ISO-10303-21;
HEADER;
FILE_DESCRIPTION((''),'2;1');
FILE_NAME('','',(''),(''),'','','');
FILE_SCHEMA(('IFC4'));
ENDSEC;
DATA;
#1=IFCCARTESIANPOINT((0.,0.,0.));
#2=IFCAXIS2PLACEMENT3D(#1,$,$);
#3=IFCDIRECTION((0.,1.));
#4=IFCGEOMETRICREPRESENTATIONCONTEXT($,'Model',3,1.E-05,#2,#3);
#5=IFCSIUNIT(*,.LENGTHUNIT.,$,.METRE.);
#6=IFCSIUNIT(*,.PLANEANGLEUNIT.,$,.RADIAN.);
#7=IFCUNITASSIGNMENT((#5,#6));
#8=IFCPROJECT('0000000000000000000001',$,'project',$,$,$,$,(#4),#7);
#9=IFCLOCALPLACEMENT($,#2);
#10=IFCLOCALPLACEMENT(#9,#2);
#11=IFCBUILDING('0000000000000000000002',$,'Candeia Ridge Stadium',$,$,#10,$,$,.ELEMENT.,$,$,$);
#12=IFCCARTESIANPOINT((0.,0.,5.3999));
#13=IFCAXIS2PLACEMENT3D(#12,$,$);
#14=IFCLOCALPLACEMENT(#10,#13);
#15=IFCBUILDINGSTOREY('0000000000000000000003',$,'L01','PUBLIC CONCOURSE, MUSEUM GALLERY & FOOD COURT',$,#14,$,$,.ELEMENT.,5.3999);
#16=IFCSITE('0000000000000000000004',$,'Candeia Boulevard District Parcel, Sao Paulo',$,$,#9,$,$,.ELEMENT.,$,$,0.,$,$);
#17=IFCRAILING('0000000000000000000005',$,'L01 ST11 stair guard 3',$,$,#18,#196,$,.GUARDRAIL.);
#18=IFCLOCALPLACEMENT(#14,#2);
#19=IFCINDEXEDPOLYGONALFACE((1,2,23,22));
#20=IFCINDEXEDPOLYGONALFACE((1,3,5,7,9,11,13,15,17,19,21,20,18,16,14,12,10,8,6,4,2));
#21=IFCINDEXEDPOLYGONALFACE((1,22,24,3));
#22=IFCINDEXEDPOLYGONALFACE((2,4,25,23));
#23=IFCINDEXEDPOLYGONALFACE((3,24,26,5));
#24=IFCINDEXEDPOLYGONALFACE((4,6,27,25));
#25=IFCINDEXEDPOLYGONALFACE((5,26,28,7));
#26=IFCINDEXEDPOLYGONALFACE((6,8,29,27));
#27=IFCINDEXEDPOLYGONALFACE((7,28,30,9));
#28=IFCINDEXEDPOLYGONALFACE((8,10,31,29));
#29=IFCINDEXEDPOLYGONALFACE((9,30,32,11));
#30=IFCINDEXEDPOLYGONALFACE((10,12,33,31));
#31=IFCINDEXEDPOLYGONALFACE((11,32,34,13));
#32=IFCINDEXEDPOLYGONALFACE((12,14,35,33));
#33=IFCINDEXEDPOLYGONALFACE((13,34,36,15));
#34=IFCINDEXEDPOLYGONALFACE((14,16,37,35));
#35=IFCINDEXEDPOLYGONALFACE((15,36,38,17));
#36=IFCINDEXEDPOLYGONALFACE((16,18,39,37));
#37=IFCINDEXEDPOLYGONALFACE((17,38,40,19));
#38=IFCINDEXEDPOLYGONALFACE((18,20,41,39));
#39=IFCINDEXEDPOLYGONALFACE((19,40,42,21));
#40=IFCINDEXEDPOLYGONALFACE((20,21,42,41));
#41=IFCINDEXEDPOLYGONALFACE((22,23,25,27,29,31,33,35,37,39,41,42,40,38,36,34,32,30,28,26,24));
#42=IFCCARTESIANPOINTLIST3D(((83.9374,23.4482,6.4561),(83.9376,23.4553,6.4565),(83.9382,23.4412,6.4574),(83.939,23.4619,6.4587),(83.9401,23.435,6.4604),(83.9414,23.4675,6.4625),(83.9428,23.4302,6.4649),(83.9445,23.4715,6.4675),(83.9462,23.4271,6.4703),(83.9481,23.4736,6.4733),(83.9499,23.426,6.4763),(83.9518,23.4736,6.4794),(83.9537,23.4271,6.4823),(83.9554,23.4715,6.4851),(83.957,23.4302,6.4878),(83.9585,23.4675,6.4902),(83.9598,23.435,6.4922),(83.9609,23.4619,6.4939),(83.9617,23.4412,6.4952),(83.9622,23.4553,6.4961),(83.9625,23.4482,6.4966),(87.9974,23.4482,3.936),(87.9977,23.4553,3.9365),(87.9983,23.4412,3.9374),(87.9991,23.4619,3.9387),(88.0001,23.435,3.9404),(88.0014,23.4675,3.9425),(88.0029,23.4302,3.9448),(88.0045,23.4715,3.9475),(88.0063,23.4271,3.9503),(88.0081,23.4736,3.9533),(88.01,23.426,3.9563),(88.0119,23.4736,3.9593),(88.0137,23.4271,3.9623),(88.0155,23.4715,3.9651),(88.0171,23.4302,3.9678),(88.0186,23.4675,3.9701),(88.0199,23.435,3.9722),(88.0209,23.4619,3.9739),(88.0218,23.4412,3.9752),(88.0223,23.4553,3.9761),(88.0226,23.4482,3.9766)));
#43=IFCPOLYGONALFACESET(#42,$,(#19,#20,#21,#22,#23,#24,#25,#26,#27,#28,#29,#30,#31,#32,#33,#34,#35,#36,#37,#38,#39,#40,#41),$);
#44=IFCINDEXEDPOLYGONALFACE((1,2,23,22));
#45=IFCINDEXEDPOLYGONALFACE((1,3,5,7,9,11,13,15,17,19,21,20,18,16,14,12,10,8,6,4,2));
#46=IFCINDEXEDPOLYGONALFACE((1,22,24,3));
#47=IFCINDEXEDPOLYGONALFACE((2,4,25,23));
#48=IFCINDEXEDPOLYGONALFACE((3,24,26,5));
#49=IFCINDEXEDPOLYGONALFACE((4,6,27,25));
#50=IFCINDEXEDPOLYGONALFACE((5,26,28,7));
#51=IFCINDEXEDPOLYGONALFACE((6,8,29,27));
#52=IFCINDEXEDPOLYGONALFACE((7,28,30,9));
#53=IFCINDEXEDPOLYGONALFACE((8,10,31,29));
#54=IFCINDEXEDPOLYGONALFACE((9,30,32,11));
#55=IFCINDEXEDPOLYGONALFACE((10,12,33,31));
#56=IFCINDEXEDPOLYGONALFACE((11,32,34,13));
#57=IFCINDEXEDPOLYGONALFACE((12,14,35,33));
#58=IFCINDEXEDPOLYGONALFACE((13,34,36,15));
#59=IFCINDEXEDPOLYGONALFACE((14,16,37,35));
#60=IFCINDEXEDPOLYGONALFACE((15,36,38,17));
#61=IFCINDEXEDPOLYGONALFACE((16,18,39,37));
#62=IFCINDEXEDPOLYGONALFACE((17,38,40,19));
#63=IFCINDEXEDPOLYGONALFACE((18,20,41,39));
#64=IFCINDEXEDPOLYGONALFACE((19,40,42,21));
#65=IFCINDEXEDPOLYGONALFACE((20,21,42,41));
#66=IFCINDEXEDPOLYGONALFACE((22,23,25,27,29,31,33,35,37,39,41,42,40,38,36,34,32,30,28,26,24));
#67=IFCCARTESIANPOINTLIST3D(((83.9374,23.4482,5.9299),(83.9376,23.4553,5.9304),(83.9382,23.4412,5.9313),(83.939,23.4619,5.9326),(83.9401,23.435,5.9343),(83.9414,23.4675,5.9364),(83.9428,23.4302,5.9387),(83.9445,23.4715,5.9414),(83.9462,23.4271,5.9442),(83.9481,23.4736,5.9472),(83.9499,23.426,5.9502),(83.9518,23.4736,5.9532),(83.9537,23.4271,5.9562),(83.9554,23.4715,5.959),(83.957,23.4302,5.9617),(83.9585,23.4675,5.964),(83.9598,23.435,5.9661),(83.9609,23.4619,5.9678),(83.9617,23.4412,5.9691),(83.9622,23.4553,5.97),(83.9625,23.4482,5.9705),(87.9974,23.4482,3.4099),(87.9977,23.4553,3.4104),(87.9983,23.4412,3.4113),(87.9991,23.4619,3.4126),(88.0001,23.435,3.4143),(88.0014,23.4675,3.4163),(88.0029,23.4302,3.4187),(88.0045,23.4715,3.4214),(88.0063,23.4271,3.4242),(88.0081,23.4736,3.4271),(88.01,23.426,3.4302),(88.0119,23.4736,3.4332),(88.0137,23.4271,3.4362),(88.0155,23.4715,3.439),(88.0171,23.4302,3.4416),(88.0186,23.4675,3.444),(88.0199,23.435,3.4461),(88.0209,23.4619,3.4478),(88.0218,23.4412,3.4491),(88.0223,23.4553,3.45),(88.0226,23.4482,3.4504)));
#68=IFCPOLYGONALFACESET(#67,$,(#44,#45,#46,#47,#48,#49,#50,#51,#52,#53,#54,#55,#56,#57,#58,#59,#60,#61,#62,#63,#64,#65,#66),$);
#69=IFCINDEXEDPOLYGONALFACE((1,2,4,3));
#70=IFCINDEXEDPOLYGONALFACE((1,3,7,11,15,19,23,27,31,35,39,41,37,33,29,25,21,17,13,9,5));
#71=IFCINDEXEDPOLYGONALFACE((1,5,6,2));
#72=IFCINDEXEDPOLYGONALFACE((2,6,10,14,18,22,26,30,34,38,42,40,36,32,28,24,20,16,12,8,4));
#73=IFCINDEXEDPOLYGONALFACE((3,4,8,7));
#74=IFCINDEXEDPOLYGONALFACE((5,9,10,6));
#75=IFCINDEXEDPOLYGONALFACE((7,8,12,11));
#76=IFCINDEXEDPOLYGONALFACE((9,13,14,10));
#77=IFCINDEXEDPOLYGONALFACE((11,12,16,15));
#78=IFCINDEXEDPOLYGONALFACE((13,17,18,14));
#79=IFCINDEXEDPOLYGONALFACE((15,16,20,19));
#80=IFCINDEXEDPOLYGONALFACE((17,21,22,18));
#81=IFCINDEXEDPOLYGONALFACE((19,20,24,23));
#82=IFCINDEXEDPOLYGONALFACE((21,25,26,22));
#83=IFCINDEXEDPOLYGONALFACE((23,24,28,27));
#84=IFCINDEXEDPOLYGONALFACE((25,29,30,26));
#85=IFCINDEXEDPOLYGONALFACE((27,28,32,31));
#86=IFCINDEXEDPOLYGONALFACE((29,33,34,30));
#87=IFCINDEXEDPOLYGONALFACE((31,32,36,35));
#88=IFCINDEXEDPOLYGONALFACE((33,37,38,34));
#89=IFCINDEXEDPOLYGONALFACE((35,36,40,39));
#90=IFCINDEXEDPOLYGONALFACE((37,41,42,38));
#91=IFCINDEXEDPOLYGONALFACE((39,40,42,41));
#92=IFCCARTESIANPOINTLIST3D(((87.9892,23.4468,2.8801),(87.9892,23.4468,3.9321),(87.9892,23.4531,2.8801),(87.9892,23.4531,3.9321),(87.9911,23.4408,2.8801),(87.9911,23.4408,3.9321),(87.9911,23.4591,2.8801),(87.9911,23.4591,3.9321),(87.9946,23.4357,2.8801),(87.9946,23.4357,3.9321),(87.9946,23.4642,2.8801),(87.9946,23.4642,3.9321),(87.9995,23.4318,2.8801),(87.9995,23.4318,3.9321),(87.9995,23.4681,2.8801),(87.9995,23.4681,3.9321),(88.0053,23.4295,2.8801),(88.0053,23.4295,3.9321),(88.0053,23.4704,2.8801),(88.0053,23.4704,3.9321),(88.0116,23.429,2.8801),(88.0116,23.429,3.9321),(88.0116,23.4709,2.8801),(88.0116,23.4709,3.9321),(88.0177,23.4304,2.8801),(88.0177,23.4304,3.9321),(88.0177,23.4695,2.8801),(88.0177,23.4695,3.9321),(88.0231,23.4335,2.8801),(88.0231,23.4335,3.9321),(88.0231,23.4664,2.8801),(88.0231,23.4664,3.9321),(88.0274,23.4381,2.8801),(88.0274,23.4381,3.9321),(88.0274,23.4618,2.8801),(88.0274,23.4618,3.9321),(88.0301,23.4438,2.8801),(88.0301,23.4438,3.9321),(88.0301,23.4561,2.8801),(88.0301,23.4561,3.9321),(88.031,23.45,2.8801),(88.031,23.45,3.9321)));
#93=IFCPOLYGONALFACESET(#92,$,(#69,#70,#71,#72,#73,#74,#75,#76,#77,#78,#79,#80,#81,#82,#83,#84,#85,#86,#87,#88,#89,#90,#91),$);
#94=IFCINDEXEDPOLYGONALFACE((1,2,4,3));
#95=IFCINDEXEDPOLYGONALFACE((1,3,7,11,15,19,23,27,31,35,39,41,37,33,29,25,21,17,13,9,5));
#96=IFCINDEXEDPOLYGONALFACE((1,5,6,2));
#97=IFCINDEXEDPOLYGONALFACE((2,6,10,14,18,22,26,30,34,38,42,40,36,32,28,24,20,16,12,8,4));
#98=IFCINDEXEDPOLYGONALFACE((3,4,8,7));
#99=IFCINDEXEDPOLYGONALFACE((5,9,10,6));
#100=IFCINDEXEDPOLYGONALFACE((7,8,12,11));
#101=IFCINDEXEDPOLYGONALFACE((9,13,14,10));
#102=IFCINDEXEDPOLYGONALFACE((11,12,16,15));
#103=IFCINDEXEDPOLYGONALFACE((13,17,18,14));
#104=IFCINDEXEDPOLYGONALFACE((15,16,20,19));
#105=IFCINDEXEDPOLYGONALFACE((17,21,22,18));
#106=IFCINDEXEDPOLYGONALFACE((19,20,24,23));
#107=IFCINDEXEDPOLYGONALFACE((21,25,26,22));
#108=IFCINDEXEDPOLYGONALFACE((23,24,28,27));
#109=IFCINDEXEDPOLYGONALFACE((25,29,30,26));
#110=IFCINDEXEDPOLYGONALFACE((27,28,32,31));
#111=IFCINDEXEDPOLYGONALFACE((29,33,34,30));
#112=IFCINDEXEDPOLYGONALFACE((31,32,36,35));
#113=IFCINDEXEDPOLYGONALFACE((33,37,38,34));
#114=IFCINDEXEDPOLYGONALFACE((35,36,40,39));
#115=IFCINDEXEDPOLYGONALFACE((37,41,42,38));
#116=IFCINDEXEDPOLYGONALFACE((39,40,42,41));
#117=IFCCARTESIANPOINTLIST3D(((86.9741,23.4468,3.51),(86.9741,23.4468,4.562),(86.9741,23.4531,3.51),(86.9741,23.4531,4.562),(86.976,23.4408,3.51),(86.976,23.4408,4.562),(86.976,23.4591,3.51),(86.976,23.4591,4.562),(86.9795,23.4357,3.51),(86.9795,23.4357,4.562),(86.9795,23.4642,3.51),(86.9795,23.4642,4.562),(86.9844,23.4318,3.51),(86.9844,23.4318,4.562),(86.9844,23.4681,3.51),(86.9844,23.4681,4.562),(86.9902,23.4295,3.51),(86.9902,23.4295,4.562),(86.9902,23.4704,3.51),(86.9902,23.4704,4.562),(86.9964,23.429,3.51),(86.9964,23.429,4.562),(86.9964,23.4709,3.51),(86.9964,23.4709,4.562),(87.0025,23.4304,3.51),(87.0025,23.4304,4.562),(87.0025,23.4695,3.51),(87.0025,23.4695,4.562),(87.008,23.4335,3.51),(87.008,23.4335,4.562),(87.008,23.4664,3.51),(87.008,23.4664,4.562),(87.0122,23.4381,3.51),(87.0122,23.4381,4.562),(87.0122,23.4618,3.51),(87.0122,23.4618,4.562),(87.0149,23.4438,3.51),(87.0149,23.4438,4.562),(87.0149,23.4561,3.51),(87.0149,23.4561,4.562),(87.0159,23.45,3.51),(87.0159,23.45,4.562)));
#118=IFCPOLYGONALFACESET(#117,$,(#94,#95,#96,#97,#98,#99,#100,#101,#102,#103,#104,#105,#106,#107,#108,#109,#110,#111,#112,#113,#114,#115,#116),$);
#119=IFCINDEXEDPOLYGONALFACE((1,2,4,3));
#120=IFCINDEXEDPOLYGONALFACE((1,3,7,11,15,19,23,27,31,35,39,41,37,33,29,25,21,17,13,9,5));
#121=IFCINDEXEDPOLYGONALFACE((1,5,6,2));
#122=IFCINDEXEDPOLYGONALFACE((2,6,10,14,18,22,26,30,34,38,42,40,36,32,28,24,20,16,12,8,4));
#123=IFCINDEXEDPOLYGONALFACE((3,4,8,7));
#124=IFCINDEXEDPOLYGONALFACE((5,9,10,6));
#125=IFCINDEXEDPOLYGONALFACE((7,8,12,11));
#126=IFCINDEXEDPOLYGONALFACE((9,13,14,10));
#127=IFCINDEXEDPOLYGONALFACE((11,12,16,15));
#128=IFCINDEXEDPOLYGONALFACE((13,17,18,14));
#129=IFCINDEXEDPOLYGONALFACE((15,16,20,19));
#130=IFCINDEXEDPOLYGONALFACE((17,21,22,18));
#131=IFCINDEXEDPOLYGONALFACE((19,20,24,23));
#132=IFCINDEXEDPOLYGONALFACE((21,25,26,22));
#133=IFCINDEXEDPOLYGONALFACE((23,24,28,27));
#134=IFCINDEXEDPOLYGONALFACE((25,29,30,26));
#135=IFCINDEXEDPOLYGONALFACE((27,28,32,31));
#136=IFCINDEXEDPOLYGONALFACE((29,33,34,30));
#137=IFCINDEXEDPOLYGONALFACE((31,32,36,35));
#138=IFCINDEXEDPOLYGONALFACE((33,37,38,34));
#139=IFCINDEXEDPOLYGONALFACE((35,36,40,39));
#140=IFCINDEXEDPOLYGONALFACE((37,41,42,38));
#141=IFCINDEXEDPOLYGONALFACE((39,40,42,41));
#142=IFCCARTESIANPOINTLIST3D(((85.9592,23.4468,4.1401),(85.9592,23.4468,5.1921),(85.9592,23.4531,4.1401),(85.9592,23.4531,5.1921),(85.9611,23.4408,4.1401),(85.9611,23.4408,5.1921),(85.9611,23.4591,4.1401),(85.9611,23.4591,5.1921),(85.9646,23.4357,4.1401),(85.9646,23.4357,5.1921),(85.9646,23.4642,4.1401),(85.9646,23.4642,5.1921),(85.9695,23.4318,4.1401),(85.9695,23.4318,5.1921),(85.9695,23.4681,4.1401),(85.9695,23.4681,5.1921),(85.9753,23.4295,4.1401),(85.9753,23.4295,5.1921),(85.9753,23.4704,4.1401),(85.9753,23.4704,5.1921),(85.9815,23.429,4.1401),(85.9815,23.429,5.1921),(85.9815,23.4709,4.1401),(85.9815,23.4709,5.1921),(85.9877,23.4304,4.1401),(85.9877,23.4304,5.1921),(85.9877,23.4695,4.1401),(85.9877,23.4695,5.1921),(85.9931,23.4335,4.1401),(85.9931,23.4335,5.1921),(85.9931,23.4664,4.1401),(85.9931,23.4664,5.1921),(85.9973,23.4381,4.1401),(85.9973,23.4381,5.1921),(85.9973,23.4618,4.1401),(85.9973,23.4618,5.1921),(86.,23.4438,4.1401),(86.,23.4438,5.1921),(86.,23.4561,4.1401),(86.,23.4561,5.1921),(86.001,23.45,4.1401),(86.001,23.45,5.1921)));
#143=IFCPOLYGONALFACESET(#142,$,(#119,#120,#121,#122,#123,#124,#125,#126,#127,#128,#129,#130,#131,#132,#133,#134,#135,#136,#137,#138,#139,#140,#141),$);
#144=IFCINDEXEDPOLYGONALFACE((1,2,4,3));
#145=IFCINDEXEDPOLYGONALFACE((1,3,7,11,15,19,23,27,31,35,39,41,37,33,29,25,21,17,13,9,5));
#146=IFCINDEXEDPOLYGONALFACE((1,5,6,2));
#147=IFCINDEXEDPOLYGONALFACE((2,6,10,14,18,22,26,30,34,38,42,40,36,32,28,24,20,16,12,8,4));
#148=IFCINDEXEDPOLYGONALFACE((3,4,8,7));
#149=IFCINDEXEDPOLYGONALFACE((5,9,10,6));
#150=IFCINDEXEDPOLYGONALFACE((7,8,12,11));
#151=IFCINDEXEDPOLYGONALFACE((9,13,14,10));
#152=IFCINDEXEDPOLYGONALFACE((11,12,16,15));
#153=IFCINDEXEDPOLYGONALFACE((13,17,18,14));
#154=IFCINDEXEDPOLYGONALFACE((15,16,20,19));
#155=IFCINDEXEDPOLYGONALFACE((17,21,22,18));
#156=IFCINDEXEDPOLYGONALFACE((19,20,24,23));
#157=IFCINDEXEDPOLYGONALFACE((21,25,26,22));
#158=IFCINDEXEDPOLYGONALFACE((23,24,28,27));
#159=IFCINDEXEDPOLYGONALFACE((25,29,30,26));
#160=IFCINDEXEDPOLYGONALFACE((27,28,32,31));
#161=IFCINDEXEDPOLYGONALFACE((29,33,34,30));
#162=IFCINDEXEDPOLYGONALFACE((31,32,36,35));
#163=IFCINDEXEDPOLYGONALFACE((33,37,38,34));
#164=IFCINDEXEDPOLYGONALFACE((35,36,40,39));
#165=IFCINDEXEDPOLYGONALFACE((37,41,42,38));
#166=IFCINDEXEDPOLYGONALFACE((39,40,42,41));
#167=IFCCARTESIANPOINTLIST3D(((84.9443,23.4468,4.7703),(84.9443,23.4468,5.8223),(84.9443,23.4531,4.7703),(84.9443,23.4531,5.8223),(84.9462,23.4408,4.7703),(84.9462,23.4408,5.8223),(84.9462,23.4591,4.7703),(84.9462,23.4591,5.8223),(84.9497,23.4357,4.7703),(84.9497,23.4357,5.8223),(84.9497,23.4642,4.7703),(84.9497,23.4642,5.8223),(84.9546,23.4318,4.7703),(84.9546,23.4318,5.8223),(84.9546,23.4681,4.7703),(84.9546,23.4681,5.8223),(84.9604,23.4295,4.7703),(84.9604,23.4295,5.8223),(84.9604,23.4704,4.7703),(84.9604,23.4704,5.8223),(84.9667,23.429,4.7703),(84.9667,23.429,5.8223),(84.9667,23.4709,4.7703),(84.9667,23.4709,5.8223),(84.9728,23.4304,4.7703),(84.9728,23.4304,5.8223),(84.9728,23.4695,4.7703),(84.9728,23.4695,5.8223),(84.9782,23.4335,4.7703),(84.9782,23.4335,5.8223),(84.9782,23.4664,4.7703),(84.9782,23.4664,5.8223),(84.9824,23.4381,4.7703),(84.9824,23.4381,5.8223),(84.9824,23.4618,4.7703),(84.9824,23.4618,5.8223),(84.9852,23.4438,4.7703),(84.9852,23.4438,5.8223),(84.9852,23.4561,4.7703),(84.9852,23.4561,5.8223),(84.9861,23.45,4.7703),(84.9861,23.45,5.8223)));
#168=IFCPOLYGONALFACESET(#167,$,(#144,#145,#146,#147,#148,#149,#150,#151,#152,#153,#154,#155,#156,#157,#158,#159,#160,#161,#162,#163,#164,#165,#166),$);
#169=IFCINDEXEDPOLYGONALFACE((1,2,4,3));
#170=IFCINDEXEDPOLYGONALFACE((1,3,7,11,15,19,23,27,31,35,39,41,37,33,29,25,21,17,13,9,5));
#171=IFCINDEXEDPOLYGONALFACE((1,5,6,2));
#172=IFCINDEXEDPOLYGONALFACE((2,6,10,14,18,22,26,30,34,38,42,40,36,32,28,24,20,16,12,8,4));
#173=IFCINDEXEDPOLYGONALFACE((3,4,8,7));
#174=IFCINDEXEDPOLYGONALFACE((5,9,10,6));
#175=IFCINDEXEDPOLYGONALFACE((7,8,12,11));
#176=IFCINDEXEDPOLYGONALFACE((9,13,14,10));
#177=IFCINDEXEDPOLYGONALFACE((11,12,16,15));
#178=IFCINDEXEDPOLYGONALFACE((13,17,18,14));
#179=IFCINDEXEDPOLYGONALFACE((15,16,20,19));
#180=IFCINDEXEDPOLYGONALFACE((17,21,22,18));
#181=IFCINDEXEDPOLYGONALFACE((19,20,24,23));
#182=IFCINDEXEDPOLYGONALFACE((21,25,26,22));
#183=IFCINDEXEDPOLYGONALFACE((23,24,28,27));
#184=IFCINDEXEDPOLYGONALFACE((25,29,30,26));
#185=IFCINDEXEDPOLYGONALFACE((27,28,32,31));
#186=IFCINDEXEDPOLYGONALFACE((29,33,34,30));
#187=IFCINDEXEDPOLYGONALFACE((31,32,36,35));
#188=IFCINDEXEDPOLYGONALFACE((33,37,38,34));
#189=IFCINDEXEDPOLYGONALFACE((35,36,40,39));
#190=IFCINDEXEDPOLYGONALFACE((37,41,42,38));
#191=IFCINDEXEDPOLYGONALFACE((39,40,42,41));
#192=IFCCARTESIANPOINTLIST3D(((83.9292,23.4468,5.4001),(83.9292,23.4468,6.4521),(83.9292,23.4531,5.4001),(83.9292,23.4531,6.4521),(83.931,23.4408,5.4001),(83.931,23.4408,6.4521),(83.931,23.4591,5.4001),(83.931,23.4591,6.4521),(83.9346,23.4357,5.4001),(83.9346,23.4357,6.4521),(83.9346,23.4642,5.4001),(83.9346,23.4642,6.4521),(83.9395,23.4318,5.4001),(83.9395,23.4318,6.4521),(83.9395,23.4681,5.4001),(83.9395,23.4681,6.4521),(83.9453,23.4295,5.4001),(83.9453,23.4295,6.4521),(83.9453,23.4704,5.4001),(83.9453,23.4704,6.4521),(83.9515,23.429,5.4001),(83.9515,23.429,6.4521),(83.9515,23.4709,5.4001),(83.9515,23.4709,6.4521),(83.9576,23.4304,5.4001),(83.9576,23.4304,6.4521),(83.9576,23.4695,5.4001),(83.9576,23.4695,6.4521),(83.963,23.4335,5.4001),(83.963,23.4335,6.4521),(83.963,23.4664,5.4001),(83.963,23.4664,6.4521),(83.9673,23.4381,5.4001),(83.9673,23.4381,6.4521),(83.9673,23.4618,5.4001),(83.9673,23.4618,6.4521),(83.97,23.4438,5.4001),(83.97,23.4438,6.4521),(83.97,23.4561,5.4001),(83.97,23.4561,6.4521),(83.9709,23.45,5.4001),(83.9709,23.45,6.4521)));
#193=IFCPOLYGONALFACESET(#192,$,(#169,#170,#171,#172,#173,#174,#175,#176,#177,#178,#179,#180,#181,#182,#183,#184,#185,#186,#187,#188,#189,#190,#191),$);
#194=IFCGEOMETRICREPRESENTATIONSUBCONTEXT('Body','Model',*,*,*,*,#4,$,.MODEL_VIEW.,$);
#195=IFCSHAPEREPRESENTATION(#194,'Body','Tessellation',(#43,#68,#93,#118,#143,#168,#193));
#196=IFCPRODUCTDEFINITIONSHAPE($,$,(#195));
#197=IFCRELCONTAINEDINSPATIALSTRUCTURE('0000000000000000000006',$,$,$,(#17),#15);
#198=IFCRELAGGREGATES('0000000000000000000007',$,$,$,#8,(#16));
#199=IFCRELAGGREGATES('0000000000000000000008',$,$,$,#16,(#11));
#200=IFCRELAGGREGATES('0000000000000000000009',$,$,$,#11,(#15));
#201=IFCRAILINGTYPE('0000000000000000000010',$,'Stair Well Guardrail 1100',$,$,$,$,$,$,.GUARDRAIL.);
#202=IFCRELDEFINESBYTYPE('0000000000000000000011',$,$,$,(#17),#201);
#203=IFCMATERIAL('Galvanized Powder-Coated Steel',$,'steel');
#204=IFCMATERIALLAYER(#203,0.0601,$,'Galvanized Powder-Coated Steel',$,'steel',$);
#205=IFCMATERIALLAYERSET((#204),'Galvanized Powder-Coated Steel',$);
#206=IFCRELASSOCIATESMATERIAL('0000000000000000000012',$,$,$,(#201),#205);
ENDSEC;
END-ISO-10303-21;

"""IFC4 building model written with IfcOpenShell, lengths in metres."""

from ifc_helpers import new_model, si_unit, direction, frame, origin, origin_2d, place, context, subcontext, project, spatial, circle, extrude, material, layer, layer_set, type_object, element, save


model = new_model("IFC4")

# Units and contexts
model_context = context("Model", 3, precision=1e-05, world=origin(), true_north=direction((0.0, 1.0)))
body_context = subcontext(model_context, "Body", "Model", "MODEL_VIEW")
ifc_project = project(units=[si_unit("LENGTHUNIT", "METRE"), si_unit("PLANEANGLEUNIT", "RADIAN")], contexts=[model_context])

# Site, building, storey
site_placement = place(None, origin())
site = spatial("IfcSite", under=ifc_project, at=site_placement, Name="Candeia Boulevard District Parcel, Sao Paulo", CompositionType="ELEMENT", RefElevation=0.0)
building_placement = place(site_placement, origin())
building = spatial("IfcBuilding", under=site, at=building_placement, Name="Candeia Ridge Stadium", CompositionType="ELEMENT")
storey_placement = place(building_placement, frame((0.0, 0.0, 5.3999)))
storey = spatial("IfcBuildingStorey", under=building, at=storey_placement, Name="L01", Description="PUBLIC CONCOURSE, MUSEUM GALLERY & FOOD COURT", CompositionType="ELEMENT", Elevation=5.3999)

# Railing
ifc_material_1 = material(Name="Galvanized Powder-Coated Steel", Category="steel")
ifc_layer_1 = layer(ifc_material_1, 0.0601, Name="Galvanized Powder-Coated Steel", Category="steel")
ifc_layer_set_1 = layer_set([ifc_layer_1], Name="Galvanized Powder-Coated Steel")
railing_type_1 = type_object("IfcRailingType", Name="Stair Well Guardrail 1100", PredefinedType="GUARDRAIL", material=ifc_layer_set_1)
railing_1_placement = place(storey_placement, frame((88.01, 23.45, 2.8801)))
element("IfcRailing", 1, at=railing_1_placement, inside=storey, type_object=railing_type_1, Name="L01 ST11 stair guard 3", PredefinedType="GUARDRAIL", context=body_context, shape_type="SweptSolid", body=[
    extrude(circle(Radius=0.0239, at=origin_2d()), frame((0.0, 0.0, 1.0762), z_axis=(-0.849642, 0.0, 0.52736), x_axis=(0.0, -1.0, 0.0)), (0.0, 0.0, 1.0), 4.7786),
    extrude(circle(Radius=0.0239, at=origin_2d()), frame((0.0, 0.0, 0.55), z_axis=(-0.849642, 0.0, 0.52736), x_axis=(0.0, -1.0, 0.0)), (0.0, 0.0, 1.0), 4.7786),
    extrude(circle(Radius=0.021, at=origin_2d()), origin(), (0.0, 0.0, 1.0), 1.052),
    extrude(circle(Radius=0.021, at=origin_2d()), frame((-1.0151, 0.0, 0.6299)), (0.0, 0.0, 1.0), 1.052),
    extrude(circle(Radius=0.021, at=origin_2d()), frame((-2.03, 0.0, 1.26)), (0.0, 0.0, 1.0), 1.052),
    extrude(circle(Radius=0.021, at=origin_2d()), frame((-3.0449, 0.0, 1.8901)), (0.0, 0.0, 1.0), 1.052),
    extrude(circle(Radius=0.021, at=origin_2d()), frame((-4.0601, 0.0, 2.52)), (0.0, 0.0, 1.0), 1.052),
])

save(model, "model.ifc")
